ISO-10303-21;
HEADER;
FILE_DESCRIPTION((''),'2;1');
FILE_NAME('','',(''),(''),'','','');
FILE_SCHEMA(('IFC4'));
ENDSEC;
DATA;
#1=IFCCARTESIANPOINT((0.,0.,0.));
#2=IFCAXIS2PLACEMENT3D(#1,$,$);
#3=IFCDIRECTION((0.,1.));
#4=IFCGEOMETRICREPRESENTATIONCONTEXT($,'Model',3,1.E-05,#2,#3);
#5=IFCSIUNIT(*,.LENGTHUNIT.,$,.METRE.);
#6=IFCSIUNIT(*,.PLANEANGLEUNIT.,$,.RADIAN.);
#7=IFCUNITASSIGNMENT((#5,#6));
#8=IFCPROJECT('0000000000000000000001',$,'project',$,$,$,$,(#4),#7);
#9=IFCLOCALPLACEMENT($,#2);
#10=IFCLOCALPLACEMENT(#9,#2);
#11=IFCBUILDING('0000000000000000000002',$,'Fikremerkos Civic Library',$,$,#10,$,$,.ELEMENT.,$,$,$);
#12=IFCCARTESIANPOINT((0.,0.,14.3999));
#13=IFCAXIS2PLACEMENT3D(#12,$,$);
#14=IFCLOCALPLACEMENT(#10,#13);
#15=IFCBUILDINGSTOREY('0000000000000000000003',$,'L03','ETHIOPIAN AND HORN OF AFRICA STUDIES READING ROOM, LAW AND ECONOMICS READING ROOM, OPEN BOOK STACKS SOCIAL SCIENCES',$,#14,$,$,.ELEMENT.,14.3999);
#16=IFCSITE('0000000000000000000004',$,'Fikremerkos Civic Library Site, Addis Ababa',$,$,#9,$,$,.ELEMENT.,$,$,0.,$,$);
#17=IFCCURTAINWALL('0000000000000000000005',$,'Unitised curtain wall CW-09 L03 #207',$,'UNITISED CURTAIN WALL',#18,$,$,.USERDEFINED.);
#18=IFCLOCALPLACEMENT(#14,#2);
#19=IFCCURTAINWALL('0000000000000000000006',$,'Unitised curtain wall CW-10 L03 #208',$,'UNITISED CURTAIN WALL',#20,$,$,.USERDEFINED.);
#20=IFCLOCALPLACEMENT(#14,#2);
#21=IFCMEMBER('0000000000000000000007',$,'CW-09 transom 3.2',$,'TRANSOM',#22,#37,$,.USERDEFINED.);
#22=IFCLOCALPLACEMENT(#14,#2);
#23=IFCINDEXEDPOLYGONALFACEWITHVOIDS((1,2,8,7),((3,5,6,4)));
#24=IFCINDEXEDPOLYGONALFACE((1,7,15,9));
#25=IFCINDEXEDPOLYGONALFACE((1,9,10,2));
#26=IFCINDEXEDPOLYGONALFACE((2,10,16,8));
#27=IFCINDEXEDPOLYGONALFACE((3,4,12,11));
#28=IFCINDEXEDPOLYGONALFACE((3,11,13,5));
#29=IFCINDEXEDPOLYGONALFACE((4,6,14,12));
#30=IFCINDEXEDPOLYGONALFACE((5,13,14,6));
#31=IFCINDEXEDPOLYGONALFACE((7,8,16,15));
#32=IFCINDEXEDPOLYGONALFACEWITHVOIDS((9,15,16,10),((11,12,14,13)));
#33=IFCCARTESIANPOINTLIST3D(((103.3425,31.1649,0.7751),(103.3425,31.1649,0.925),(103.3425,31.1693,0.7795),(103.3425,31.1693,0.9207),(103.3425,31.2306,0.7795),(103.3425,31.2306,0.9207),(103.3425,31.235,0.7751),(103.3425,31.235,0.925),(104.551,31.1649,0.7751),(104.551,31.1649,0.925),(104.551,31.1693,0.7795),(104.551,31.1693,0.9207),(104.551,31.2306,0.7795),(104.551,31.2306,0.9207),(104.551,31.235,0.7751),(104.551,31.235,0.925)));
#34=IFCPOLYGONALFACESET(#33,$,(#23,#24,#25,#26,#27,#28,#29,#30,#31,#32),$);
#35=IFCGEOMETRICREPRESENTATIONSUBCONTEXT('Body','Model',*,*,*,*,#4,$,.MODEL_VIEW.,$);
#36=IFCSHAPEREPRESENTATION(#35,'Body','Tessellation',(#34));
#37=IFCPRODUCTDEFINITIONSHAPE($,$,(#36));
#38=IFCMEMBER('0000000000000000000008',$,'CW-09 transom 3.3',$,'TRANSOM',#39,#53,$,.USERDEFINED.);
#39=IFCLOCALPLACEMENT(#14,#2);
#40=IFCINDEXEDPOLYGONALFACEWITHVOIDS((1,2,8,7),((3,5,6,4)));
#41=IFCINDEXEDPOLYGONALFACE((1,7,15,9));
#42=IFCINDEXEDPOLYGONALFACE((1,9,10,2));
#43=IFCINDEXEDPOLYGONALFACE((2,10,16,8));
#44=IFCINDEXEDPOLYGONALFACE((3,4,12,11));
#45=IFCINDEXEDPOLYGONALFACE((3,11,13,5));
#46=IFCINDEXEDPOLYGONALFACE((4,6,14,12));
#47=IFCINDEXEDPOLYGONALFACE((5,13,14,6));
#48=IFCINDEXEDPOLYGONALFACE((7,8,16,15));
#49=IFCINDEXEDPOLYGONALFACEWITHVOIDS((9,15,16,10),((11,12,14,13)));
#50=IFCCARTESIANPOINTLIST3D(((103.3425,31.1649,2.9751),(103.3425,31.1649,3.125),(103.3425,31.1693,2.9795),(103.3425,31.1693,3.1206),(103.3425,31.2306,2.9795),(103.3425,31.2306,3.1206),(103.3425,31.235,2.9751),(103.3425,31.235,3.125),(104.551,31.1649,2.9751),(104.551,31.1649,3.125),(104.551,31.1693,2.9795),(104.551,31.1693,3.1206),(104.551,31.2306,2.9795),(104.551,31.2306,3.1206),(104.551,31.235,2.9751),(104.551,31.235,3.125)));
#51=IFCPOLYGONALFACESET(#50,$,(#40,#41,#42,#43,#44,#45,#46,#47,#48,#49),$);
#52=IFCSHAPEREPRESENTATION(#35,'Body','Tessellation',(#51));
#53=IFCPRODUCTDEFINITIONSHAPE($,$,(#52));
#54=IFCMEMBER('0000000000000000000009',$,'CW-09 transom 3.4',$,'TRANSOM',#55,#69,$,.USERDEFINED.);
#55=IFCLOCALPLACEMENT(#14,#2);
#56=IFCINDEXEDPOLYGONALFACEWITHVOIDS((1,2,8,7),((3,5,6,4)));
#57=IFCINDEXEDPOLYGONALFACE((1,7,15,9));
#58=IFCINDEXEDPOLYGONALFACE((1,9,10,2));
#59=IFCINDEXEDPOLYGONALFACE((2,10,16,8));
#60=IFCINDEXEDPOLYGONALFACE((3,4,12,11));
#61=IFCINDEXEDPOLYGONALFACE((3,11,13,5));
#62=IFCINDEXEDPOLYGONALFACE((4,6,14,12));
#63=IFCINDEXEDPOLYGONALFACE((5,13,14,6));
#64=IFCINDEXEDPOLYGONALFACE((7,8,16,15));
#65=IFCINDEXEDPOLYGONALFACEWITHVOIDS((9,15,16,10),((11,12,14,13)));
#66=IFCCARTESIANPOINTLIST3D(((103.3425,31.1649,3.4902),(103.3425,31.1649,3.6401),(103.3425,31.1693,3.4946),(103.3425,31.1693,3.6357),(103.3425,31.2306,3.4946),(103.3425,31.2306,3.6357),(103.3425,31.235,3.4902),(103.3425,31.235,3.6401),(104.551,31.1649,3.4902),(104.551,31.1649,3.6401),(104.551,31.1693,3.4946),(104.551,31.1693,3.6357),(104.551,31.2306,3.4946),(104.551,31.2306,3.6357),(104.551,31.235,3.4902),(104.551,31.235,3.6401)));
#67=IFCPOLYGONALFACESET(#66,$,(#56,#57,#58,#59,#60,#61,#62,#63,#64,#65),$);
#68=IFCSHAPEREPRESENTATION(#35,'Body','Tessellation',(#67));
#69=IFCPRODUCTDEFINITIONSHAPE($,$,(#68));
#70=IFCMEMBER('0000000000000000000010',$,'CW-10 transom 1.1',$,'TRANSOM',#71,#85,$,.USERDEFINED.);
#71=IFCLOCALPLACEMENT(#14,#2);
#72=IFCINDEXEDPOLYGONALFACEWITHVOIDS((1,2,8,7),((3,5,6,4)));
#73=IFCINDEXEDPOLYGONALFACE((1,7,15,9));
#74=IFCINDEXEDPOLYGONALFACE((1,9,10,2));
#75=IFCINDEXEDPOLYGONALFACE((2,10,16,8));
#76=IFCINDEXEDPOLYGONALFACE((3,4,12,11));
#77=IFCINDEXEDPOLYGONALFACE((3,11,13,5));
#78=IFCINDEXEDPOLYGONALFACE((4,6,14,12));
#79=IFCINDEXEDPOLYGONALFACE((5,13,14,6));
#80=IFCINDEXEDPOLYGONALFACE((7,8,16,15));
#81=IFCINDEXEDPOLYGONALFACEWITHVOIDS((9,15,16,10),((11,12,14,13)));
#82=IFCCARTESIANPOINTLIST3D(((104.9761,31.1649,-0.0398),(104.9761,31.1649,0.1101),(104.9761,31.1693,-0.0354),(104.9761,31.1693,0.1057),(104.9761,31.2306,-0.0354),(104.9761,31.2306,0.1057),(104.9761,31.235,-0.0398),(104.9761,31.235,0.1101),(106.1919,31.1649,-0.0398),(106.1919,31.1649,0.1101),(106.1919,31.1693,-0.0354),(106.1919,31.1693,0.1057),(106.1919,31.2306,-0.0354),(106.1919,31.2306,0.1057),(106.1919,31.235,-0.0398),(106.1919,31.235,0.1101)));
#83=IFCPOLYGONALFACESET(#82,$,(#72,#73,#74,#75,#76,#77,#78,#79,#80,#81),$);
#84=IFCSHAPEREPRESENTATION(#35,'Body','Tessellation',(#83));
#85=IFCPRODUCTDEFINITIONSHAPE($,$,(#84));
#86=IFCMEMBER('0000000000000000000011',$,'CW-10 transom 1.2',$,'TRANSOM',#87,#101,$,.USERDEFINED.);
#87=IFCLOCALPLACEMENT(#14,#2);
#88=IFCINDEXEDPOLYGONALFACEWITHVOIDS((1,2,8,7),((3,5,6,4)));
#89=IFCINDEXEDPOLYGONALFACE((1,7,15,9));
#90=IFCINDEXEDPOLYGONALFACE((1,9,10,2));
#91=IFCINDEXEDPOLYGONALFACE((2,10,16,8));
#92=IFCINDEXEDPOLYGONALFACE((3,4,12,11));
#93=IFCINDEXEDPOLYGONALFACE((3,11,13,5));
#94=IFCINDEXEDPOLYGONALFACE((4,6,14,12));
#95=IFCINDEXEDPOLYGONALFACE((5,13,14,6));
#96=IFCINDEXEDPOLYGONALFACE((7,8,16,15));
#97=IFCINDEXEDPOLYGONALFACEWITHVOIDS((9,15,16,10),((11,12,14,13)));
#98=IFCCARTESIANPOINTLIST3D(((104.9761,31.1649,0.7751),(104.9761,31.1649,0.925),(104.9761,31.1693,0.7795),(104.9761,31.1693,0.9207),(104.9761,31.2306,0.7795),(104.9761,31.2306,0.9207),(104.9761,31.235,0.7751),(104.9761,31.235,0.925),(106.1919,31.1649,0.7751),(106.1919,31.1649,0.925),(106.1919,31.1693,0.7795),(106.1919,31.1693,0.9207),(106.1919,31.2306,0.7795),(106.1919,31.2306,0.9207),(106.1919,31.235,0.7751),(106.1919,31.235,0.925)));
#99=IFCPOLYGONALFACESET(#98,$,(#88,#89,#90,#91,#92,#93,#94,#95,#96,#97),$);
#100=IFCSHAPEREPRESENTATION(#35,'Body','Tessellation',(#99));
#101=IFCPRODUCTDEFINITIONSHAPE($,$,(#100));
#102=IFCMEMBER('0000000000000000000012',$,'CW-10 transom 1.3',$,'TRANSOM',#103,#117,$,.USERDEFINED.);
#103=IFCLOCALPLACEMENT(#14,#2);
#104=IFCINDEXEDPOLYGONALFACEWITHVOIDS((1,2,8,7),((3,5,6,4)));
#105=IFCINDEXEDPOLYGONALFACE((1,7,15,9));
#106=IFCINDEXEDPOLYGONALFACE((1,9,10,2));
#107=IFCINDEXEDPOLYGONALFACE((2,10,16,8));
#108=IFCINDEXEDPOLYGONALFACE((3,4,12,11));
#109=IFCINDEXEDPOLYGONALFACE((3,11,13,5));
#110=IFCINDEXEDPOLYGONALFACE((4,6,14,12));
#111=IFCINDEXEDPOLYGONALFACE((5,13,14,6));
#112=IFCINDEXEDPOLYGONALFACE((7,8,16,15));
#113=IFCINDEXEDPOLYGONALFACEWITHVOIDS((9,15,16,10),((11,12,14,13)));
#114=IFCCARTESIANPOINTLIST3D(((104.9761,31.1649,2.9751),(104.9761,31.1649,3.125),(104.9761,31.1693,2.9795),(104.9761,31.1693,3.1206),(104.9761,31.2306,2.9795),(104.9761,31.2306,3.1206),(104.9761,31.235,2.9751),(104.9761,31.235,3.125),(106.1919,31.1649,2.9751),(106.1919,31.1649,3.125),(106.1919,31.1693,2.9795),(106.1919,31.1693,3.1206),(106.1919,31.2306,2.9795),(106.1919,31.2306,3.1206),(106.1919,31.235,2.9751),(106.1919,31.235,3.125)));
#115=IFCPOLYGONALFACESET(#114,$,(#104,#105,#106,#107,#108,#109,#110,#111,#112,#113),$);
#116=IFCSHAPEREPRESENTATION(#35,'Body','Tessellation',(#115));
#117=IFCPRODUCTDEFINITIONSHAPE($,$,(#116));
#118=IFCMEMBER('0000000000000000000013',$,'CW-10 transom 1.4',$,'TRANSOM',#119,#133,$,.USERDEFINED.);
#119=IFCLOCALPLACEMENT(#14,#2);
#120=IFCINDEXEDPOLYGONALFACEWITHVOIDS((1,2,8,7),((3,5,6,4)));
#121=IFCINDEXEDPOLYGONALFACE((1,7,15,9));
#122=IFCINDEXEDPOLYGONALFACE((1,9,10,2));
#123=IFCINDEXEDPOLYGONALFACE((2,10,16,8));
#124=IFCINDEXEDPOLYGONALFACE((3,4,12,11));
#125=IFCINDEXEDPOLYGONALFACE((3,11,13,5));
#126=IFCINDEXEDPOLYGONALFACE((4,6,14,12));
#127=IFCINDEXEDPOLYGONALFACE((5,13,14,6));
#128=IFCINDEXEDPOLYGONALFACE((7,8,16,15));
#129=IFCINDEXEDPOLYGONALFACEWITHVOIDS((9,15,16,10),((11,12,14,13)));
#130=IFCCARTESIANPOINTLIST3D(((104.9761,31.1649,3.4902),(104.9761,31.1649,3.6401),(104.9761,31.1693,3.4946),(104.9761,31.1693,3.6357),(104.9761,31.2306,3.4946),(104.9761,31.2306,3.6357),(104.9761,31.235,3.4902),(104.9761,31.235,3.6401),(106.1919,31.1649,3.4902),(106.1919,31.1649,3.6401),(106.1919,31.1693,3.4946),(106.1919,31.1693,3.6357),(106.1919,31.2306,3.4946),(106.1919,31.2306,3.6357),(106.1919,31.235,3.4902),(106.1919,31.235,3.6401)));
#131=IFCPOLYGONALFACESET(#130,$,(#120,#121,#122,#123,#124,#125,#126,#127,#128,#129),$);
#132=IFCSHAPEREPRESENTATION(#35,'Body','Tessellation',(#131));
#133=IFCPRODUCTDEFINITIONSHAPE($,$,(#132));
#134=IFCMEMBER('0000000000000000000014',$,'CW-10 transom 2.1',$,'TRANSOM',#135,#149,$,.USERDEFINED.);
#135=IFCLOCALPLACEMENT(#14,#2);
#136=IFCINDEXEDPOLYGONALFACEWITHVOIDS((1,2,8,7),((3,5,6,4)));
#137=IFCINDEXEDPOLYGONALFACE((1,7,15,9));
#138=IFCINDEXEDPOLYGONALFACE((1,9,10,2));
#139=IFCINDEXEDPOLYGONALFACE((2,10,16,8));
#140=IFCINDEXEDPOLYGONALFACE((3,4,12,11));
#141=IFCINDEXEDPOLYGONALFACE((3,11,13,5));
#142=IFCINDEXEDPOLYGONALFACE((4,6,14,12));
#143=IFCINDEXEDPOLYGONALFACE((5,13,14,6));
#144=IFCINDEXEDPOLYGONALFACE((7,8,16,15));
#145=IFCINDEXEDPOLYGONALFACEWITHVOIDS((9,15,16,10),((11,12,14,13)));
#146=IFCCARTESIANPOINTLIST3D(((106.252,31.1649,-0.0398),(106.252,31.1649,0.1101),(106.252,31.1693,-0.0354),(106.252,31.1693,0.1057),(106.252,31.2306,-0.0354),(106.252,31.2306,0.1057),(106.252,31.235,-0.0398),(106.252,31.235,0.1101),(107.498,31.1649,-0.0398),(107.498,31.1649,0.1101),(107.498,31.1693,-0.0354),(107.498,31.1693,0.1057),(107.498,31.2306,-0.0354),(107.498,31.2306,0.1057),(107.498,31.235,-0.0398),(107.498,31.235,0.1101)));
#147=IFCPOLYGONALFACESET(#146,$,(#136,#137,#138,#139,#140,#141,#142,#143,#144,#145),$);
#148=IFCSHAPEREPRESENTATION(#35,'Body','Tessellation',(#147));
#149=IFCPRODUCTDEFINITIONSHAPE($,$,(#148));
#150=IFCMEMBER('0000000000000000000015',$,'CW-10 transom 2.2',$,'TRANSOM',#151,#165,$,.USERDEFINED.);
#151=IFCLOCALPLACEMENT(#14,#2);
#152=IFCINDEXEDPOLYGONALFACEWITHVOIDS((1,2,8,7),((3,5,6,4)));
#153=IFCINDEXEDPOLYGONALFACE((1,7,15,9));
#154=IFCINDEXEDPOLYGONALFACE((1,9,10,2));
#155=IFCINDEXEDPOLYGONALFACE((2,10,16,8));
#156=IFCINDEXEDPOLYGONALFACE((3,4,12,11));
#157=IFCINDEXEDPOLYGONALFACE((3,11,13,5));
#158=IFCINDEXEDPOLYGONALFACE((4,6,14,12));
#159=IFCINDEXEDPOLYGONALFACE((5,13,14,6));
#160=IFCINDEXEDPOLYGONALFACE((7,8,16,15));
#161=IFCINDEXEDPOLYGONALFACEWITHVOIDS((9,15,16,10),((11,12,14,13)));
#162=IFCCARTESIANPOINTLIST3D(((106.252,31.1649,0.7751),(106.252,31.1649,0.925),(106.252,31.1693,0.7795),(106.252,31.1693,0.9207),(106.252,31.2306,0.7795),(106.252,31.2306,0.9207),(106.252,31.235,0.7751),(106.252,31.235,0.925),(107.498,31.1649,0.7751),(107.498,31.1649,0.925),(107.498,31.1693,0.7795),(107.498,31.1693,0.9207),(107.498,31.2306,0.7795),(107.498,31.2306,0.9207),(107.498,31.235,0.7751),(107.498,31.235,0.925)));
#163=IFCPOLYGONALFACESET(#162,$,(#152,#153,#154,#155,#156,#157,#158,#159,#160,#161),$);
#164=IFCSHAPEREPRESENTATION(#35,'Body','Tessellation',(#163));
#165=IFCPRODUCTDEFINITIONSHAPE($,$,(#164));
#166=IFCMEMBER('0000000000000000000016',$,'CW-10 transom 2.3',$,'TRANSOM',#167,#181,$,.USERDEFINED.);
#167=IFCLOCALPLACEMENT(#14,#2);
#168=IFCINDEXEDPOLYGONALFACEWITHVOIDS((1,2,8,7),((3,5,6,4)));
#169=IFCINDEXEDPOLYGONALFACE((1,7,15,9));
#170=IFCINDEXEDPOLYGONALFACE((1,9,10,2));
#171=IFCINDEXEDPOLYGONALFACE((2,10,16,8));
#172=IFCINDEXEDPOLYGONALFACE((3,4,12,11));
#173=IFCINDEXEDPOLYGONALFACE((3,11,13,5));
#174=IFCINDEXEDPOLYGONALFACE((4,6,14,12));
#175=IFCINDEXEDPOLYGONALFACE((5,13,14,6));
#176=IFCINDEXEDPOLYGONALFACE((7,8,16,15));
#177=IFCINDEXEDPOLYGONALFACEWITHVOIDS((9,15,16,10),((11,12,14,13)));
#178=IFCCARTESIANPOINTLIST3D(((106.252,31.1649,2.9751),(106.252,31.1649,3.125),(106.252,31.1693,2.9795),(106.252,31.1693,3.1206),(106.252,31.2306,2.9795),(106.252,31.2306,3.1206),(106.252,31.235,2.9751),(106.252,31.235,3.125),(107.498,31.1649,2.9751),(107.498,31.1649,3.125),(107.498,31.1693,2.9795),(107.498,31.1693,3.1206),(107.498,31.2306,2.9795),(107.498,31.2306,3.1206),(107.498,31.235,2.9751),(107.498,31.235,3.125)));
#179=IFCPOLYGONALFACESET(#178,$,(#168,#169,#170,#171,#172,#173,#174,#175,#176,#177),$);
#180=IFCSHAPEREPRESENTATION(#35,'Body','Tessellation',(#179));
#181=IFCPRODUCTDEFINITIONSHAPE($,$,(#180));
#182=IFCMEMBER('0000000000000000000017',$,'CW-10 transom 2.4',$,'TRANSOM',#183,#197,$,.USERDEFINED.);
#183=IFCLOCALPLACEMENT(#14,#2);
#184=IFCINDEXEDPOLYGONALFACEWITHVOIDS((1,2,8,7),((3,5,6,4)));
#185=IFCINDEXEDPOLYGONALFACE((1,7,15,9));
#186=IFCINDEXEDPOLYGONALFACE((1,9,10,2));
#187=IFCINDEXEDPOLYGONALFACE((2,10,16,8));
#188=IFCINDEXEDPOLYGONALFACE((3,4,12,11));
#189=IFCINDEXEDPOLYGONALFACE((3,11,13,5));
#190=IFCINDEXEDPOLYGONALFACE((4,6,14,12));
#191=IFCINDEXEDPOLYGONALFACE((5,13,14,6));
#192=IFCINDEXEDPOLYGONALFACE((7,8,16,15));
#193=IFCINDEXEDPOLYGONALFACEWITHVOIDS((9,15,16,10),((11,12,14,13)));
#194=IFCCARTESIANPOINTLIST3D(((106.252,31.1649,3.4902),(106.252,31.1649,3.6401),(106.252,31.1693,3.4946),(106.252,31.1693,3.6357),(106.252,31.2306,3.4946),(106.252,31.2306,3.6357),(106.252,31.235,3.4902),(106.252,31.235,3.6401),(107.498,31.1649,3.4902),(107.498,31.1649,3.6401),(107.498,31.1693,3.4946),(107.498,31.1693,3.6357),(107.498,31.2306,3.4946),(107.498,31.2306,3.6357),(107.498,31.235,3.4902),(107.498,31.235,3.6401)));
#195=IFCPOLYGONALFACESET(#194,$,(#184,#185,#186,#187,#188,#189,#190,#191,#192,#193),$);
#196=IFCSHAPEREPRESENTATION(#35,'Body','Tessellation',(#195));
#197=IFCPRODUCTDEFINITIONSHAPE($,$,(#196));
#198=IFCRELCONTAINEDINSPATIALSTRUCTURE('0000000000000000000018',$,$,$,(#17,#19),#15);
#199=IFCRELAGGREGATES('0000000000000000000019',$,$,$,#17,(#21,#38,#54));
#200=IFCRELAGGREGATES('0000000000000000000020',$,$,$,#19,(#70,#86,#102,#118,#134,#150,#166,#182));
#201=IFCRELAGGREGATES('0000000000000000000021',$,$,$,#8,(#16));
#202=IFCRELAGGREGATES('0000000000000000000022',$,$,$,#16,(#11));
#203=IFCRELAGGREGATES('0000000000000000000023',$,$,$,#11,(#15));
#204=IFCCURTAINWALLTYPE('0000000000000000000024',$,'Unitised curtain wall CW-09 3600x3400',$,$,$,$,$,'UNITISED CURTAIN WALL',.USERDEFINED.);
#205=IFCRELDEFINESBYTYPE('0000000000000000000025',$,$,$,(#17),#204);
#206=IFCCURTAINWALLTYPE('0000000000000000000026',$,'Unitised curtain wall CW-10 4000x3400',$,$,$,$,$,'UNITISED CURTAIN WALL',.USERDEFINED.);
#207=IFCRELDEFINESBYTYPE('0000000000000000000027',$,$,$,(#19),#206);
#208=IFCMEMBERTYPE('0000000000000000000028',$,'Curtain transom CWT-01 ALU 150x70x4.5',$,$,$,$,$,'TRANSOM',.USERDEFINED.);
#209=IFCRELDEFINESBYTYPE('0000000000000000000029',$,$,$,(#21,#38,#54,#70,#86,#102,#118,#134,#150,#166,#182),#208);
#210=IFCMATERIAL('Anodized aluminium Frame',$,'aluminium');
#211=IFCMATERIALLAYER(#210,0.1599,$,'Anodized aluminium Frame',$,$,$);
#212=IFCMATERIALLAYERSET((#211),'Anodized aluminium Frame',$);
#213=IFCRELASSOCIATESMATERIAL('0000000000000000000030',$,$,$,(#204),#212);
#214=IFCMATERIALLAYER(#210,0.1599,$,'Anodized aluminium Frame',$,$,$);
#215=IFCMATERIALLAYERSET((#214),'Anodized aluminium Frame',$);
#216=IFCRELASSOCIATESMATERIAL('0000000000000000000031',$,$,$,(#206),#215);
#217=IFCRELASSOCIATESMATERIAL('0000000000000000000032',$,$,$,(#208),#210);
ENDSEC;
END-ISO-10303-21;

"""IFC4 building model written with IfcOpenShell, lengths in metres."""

from ifc_helpers import new_model, si_unit, direction, frame, origin, origin_2d, place, context, subcontext, project, spatial, hollow_rectangle, extrude, material, layer, layer_set, material_profile, profile_set, type_object, element, aggregate, save


model = new_model("IFC4")

# Units and contexts
model_context = context("Model", 3, precision=1e-05, world=origin(), true_north=direction((0.0, 1.0)))
body_context = subcontext(model_context, "Body", "Model", "MODEL_VIEW")
ifc_project = project(units=[si_unit("LENGTHUNIT", "METRE"), si_unit("PLANEANGLEUNIT", "RADIAN")], contexts=[model_context])

# Site, building, storey
site_placement = place(None, origin())
site = spatial("IfcSite", under=ifc_project, at=site_placement, Name="Fikremerkos Civic Library Site, Addis Ababa", CompositionType="ELEMENT", RefElevation=0.0)
building_placement = place(site_placement, origin())
building = spatial("IfcBuilding", under=site, at=building_placement, Name="Fikremerkos Civic Library", CompositionType="ELEMENT")
storey_placement = place(building_placement, frame((0.0, 0.0, 14.3999)))
storey = spatial("IfcBuildingStorey", under=building, at=storey_placement, Name="L03", Description="ETHIOPIAN AND HORN OF AFRICA STUDIES READING ROOM, LAW AND ECONOMICS READING ROOM, OPEN BOOK STACKS SOCIAL SCIENCES", CompositionType="ELEMENT", Elevation=14.3999)

# Curtain walls
ifc_material_1 = material(Name="Anodized aluminium Frame", Category="aluminium")
ifc_layer_1 = layer(ifc_material_1, 0.1599, Name="Anodized aluminium Frame")
ifc_layer_set_1 = layer_set([ifc_layer_1], Name="Anodized aluminium Frame")
curtain_wall_type_1 = type_object("IfcCurtainWallType", Name="Unitised curtain wall CW-09 3600x3400", ElementType="UNITISED CURTAIN WALL", PredefinedType="USERDEFINED", material=ifc_layer_set_1)
curtain_wall_1_placement = place(storey_placement, origin())
curtain_wall_1 = element("IfcCurtainWall", 1, at=curtain_wall_1_placement, inside=storey, type_object=curtain_wall_type_1, Name="Unitised curtain wall CW-09 L03 #207", ObjectType="UNITISED CURTAIN WALL", PredefinedType="USERDEFINED")
ifc_layer_2 = layer(ifc_material_1, 0.1599, Name="Anodized aluminium Frame")
ifc_layer_set_2 = layer_set([ifc_layer_2], Name="Anodized aluminium Frame")
curtain_wall_type_2 = type_object("IfcCurtainWallType", Name="Unitised curtain wall CW-10 4000x3400", ElementType="UNITISED CURTAIN WALL", PredefinedType="USERDEFINED", material=ifc_layer_set_2)
curtain_wall_2_placement = place(storey_placement, origin())
curtain_wall_2 = element("IfcCurtainWall", 2, at=curtain_wall_2_placement, inside=storey, type_object=curtain_wall_type_2, Name="Unitised curtain wall CW-10 L03 #208", ObjectType="UNITISED CURTAIN WALL", PredefinedType="USERDEFINED")

# Members
ifc_material_profile_1 = material_profile(ifc_material_1, hollow_rectangle(XDim=0.0701, YDim=0.1499, WallThickness=0.0044, at=origin_2d()), Name="ALU 150x70x4.5")
ifc_profile_set_1 = profile_set([ifc_material_profile_1], Name="Anodized aluminium Frame")
member_type_1 = type_object("IfcMemberType", Name="Curtain transom CWT-01 ALU 150x70x4.5", ElementType="TRANSOM", PredefinedType="USERDEFINED", material=ifc_profile_set_1)
member_1_placement = place(storey_placement, frame((103.3425, 31.2, 0.8501), z_axis=(1.0, 0.0, 0.0), x_axis=(0.0, 1.0, 0.0)))
member_1 = element("IfcMember", 3, at=member_1_placement, type_object=member_type_1, Name="CW-09 transom 3.2", ObjectType="TRANSOM", PredefinedType="USERDEFINED", context=body_context, shape_type="SweptSolid", body=[
    extrude(hollow_rectangle(XDim=0.0701, YDim=0.1499, WallThickness=0.0044, at=origin_2d()), origin(), (0.0, 0.0, 1.0), 1.2085),
])
member_2_placement = place(storey_placement, frame((103.3425, 31.2, 3.05), z_axis=(1.0, 0.0, 0.0), x_axis=(0.0, 1.0, 0.0)))
member_2 = element("IfcMember", 4, at=member_2_placement, type_object=member_type_1, Name="CW-09 transom 3.3", ObjectType="TRANSOM", PredefinedType="USERDEFINED", context=body_context, shape_type="SweptSolid", body=[
    extrude(hollow_rectangle(XDim=0.0701, YDim=0.1499, WallThickness=0.0044, at=origin_2d()), origin(), (0.0, 0.0, 1.0), 1.2085),
])
member_3_placement = place(storey_placement, frame((103.3425, 31.2, 3.5652), z_axis=(1.0, 0.0, 0.0), x_axis=(0.0, 1.0, 0.0)))
member_3 = element("IfcMember", 5, at=member_3_placement, type_object=member_type_1, Name="CW-09 transom 3.4", ObjectType="TRANSOM", PredefinedType="USERDEFINED", context=body_context, shape_type="SweptSolid", body=[
    extrude(hollow_rectangle(XDim=0.0701, YDim=0.1499, WallThickness=0.0044, at=origin_2d()), origin(), (0.0, 0.0, 1.0), 1.2085),
])
member_4_placement = place(storey_placement, frame((104.9761, 31.2, 0.0352), z_axis=(1.0, 0.0, 0.0), x_axis=(0.0, 1.0, 0.0)))
member_4 = element("IfcMember", 6, at=member_4_placement, type_object=member_type_1, Name="CW-10 transom 1.1", ObjectType="TRANSOM", PredefinedType="USERDEFINED", context=body_context, shape_type="SweptSolid", body=[
    extrude(hollow_rectangle(XDim=0.0701, YDim=0.1499, WallThickness=0.0044, at=origin_2d()), origin(), (0.0, 0.0, 1.0), 1.2158),
])
member_5_placement = place(storey_placement, frame((104.9761, 31.2, 0.8501), z_axis=(1.0, 0.0, 0.0), x_axis=(0.0, 1.0, 0.0)))
member_5 = element("IfcMember", 7, at=member_5_placement, type_object=member_type_1, Name="CW-10 transom 1.2", ObjectType="TRANSOM", PredefinedType="USERDEFINED", context=body_context, shape_type="SweptSolid", body=[
    extrude(hollow_rectangle(XDim=0.0701, YDim=0.1499, WallThickness=0.0044, at=origin_2d()), origin(), (0.0, 0.0, 1.0), 1.2158),
])
member_6_placement = place(storey_placement, frame((104.9761, 31.2, 3.05), z_axis=(1.0, 0.0, 0.0), x_axis=(0.0, 1.0, 0.0)))
member_6 = element("IfcMember", 8, at=member_6_placement, type_object=member_type_1, Name="CW-10 transom 1.3", ObjectType="TRANSOM", PredefinedType="USERDEFINED", context=body_context, shape_type="SweptSolid", body=[
    extrude(hollow_rectangle(XDim=0.0701, YDim=0.1499, WallThickness=0.0044, at=origin_2d()), origin(), (0.0, 0.0, 1.0), 1.2158),
])
member_7_placement = place(storey_placement, frame((104.9761, 31.2, 3.5652), z_axis=(1.0, 0.0, 0.0), x_axis=(0.0, 1.0, 0.0)))
member_7 = element("IfcMember", 9, at=member_7_placement, type_object=member_type_1, Name="CW-10 transom 1.4", ObjectType="TRANSOM", PredefinedType="USERDEFINED", context=body_context, shape_type="SweptSolid", body=[
    extrude(hollow_rectangle(XDim=0.0701, YDim=0.1499, WallThickness=0.0044, at=origin_2d()), origin(), (0.0, 0.0, 1.0), 1.2158),
])
member_8_placement = place(storey_placement, frame((106.252, 31.2, 0.0352), z_axis=(1.0, 0.0, 0.0), x_axis=(0.0, 1.0, 0.0)))
member_8 = element("IfcMember", 10, at=member_8_placement, type_object=member_type_1, Name="CW-10 transom 2.1", ObjectType="TRANSOM", PredefinedType="USERDEFINED", context=body_context, shape_type="SweptSolid", body=[
    extrude(hollow_rectangle(XDim=0.0701, YDim=0.1499, WallThickness=0.0044, at=origin_2d()), origin(), (0.0, 0.0, 1.0), 1.2461),
])
member_9_placement = place(storey_placement, frame((106.252, 31.2, 0.8501), z_axis=(1.0, 0.0, 0.0), x_axis=(0.0, 1.0, 0.0)))
member_9 = element("IfcMember", 11, at=member_9_placement, type_object=member_type_1, Name="CW-10 transom 2.2", ObjectType="TRANSOM", PredefinedType="USERDEFINED", context=body_context, shape_type="SweptSolid", body=[
    extrude(hollow_rectangle(XDim=0.0701, YDim=0.1499, WallThickness=0.0044, at=origin_2d()), origin(), (0.0, 0.0, 1.0), 1.2461),
])
member_10_placement = place(storey_placement, frame((106.252, 31.2, 3.05), z_axis=(1.0, 0.0, 0.0), x_axis=(0.0, 1.0, 0.0)))
member_10 = element("IfcMember", 12, at=member_10_placement, type_object=member_type_1, Name="CW-10 transom 2.3", ObjectType="TRANSOM", PredefinedType="USERDEFINED", context=body_context, shape_type="SweptSolid", body=[
    extrude(hollow_rectangle(XDim=0.0701, YDim=0.1499, WallThickness=0.0044, at=origin_2d()), origin(), (0.0, 0.0, 1.0), 1.2461),
])
member_11_placement = place(storey_placement, frame((106.252, 31.2, 3.5652), z_axis=(1.0, 0.0, 0.0), x_axis=(0.0, 1.0, 0.0)))
member_11 = element("IfcMember", 13, at=member_11_placement, type_object=member_type_1, Name="CW-10 transom 2.4", ObjectType="TRANSOM", PredefinedType="USERDEFINED", context=body_context, shape_type="SweptSolid", body=[
    extrude(hollow_rectangle(XDim=0.0701, YDim=0.1499, WallThickness=0.0044, at=origin_2d()), origin(), (0.0, 0.0, 1.0), 1.2461),
])

aggregate(curtain_wall_1, [member_1, member_2, member_3])
aggregate(curtain_wall_2, [member_4, member_5, member_6, member_7, member_8, member_9, member_10, member_11])

save(model, "model.ifc")
